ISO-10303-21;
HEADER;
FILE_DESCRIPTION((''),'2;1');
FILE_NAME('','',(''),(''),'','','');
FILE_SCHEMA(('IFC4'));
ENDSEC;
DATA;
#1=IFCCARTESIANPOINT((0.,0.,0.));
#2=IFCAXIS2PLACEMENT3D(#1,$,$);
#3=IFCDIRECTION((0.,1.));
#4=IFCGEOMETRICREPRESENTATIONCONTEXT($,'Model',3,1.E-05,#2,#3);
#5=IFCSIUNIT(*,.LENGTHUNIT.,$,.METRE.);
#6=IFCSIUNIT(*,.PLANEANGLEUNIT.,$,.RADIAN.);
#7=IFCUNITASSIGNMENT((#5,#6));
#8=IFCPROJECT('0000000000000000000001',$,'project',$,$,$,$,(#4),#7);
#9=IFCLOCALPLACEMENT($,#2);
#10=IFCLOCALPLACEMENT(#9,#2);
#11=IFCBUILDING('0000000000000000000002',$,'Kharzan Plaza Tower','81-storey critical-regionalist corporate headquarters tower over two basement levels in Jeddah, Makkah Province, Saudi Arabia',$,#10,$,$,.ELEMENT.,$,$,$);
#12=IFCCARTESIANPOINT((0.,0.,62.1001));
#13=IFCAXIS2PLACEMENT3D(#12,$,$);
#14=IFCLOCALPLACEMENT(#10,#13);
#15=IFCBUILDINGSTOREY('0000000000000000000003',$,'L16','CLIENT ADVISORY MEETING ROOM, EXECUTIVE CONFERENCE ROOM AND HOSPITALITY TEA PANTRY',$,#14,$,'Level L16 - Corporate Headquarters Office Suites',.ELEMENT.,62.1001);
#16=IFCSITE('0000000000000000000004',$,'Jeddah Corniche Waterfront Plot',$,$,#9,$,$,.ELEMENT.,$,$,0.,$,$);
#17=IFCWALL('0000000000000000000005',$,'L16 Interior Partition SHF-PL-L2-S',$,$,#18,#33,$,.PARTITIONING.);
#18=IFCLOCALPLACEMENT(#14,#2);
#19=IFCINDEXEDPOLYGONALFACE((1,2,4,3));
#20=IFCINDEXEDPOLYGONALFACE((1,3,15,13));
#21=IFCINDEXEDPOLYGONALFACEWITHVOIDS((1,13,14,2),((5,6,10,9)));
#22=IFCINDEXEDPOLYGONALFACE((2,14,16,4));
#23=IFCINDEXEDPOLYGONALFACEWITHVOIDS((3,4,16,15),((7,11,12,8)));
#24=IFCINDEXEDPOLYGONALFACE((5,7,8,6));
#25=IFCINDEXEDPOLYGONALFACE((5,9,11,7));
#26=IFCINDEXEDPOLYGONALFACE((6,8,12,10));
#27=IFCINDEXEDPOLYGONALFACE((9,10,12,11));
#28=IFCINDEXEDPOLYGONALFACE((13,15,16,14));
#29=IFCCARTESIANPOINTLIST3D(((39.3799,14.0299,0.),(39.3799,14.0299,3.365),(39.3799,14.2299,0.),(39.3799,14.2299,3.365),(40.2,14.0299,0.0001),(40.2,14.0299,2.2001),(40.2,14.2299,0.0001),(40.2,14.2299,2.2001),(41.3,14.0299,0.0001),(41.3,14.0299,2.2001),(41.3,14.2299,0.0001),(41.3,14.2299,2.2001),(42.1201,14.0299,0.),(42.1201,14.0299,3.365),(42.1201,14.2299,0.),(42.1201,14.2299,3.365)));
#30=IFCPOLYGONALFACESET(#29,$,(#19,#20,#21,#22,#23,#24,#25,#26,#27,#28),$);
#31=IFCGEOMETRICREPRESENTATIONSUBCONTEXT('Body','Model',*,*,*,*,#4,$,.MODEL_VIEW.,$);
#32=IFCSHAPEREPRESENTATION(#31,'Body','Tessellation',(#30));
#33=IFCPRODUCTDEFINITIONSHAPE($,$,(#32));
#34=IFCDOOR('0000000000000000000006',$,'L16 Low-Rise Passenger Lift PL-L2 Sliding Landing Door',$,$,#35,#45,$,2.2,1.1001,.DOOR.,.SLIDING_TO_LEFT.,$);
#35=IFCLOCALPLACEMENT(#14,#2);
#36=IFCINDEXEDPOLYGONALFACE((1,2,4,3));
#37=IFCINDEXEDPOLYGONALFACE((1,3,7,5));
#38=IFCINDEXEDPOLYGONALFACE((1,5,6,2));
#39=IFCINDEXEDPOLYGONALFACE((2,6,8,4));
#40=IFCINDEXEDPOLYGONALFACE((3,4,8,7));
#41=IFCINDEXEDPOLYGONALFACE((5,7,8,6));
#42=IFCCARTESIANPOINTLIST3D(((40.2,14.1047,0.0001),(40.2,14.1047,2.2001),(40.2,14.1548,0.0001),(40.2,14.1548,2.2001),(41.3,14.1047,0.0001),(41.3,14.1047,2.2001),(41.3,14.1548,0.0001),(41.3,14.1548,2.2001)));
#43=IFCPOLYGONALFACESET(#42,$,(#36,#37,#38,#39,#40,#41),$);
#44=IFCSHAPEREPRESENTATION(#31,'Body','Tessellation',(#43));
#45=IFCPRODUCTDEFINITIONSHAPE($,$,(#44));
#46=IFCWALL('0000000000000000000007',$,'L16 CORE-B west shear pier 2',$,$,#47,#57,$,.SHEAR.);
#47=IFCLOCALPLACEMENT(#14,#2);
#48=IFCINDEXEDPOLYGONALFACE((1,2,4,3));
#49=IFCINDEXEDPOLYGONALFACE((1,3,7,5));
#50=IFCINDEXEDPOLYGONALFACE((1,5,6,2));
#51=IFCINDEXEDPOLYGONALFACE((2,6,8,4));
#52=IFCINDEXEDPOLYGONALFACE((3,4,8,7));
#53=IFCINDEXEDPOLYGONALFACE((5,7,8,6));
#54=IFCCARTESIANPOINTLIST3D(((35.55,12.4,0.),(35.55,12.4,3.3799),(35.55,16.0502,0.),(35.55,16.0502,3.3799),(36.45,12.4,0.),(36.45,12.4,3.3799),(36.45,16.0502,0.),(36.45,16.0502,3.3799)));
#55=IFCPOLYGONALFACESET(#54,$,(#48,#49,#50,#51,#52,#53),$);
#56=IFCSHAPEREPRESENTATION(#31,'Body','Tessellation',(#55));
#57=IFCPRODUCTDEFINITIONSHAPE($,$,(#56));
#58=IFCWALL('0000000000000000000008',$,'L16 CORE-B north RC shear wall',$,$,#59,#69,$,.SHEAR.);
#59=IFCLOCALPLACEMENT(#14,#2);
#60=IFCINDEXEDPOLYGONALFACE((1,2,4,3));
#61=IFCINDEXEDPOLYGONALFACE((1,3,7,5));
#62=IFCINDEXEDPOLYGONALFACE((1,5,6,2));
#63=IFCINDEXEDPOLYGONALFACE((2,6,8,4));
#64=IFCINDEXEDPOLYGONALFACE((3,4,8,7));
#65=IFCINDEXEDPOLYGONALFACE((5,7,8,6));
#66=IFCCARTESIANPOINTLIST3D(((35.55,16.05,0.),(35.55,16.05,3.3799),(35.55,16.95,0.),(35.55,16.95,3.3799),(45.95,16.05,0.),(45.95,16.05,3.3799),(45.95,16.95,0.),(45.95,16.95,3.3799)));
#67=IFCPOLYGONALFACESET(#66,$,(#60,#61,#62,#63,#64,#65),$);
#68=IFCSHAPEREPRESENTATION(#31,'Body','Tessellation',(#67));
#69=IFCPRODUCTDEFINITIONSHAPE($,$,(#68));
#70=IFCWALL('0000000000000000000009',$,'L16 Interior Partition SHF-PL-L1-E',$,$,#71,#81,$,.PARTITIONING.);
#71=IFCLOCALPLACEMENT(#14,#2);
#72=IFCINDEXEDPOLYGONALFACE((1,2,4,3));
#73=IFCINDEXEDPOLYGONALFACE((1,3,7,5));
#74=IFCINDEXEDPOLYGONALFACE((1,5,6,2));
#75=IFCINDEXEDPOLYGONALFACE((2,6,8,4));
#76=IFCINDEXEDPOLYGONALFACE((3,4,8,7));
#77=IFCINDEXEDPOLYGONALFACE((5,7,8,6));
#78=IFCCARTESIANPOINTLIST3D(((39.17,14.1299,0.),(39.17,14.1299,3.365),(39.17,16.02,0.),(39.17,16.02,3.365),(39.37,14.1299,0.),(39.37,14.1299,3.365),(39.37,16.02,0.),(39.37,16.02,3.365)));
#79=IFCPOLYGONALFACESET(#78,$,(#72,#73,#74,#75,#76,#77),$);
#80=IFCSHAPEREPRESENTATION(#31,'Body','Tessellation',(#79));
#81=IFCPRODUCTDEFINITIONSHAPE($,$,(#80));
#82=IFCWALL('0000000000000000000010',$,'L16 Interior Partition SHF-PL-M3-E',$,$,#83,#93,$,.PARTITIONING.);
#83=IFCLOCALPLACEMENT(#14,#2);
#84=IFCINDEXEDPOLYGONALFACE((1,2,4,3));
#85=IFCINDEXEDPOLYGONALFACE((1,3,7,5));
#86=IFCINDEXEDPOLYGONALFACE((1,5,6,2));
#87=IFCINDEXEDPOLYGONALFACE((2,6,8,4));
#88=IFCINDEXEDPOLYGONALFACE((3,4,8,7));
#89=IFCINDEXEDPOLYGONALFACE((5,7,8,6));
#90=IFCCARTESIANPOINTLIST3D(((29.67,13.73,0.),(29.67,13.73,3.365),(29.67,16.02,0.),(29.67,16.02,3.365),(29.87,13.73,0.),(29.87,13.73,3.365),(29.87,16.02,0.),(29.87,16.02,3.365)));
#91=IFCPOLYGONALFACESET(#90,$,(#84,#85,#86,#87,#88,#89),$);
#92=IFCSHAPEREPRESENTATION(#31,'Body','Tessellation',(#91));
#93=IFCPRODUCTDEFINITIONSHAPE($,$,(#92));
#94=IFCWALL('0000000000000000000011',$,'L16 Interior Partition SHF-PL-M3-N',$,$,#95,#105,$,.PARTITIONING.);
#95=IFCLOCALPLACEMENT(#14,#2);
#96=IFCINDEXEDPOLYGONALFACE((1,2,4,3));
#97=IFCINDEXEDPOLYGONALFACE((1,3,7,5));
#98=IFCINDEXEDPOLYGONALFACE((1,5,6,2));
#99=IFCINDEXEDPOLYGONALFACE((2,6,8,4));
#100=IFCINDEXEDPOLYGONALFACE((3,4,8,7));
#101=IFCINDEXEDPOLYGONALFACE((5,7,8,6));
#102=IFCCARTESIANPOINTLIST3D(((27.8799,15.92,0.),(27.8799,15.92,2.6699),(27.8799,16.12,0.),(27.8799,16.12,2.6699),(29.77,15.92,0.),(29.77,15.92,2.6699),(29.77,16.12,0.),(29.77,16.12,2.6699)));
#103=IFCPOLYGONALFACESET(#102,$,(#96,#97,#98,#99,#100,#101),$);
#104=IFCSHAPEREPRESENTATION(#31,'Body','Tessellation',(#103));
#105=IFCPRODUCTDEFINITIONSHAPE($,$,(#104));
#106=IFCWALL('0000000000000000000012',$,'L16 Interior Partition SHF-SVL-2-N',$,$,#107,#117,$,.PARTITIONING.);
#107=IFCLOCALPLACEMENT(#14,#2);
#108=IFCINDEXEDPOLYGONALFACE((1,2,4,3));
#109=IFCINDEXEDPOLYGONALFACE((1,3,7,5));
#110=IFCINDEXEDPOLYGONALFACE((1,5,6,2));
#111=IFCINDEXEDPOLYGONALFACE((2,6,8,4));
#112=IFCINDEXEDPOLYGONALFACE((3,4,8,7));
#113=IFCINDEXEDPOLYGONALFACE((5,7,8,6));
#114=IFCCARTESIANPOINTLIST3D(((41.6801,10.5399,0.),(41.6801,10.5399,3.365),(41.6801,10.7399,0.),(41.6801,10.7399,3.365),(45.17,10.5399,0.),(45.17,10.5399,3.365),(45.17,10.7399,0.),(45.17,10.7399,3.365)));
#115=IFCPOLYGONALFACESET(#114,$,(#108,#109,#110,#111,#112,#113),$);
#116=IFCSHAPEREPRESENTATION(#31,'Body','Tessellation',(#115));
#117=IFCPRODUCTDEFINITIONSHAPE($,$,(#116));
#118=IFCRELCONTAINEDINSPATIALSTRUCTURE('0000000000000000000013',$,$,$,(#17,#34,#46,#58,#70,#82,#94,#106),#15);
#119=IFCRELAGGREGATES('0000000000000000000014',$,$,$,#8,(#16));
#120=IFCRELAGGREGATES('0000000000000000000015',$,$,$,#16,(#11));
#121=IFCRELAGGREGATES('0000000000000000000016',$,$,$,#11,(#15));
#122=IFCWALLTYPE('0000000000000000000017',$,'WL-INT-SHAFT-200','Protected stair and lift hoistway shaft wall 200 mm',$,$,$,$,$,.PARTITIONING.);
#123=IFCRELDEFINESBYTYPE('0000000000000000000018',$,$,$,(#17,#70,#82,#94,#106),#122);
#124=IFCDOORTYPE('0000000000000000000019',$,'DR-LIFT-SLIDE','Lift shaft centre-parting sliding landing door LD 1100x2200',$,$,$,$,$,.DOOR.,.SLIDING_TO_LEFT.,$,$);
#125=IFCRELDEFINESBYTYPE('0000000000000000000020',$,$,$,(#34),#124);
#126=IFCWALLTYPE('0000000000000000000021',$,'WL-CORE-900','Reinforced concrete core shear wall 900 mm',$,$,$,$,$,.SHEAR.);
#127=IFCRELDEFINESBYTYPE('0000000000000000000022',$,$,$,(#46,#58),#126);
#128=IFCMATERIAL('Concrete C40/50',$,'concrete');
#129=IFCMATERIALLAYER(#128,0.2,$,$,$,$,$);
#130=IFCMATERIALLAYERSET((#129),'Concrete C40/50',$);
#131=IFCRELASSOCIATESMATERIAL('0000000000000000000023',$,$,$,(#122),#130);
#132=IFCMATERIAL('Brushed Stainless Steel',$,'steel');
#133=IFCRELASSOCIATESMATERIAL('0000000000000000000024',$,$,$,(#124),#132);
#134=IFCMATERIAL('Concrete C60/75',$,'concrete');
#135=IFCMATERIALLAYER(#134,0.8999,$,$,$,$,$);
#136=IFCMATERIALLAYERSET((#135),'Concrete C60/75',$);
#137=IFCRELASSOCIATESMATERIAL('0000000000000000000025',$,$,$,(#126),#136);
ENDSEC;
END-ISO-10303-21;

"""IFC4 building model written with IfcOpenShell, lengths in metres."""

from ifc_helpers import new_model, si_unit, direction, frame, frame_2d, origin, place, context, subcontext, project, spatial, rectangle, extrude, source, transform, mapped, material, layer, layer_set, type_object, element, fill, save


model = new_model("IFC4")

# Units and contexts
model_context = context("Model", 3, precision=1e-05, world=origin(), true_north=direction((0.0, 1.0)))
body_context = subcontext(model_context, "Body", "Model", "MODEL_VIEW")
ifc_project = project(units=[si_unit("LENGTHUNIT", "METRE"), si_unit("PLANEANGLEUNIT", "RADIAN")], contexts=[model_context])

# Site, building, storey
site_placement = place(None, origin())
site = spatial("IfcSite", under=ifc_project, at=site_placement, Name="Jeddah Corniche Waterfront Plot", CompositionType="ELEMENT", RefElevation=0.0)
building_placement = place(site_placement, origin())
building = spatial("IfcBuilding", under=site, at=building_placement, Name="Kharzan Plaza Tower", Description="81-storey critical-regionalist corporate headquarters tower over two basement levels in Jeddah, Makkah Province, Saudi Arabia", CompositionType="ELEMENT")
storey_placement = place(building_placement, frame((0.0, 0.0, 62.1001)))
storey = spatial("IfcBuildingStorey", under=building, at=storey_placement, Name="L16", Description="CLIENT ADVISORY MEETING ROOM, EXECUTIVE CONFERENCE ROOM AND HOSPITALITY TEA PANTRY", LongName="Level L16 - Corporate Headquarters Office Suites", CompositionType="ELEMENT", Elevation=62.1001)

# Shared definitions
ifc_material_1 = material(Name="Concrete C60/75", Category="concrete")

# Wall, opening, door
ifc_material_2 = material(Name="Concrete C40/50", Category="concrete")
ifc_layer_1 = layer(ifc_material_2, 0.2)
ifc_layer_set_1 = layer_set([ifc_layer_1], Name="Concrete C40/50")
wall_type_1 = type_object("IfcWallType", Name="WL-INT-SHAFT-200", Description="Protected stair and lift hoistway shaft wall 200 mm", PredefinedType="PARTITIONING", material=ifc_layer_set_1)
ifc_material_3 = material(Name="Brushed Stainless Steel", Category="steel")
door_type_1 = type_object("IfcDoorType", Name="DR-LIFT-SLIDE", Description="Lift shaft centre-parting sliding landing door LD 1100x2200", OperationType="SLIDING_TO_LEFT", PredefinedType="DOOR", material=ifc_material_3)
shared_shape_1 = source(origin(), body_context, "Body", "SweptSolid", [
    extrude(rectangle(XDim=1.1001, YDim=2.2, at=frame_2d((0.55, 1.1001))), frame((0.0, 0.0249, 0.0), z_axis=(0.0, -1.0, 0.0), x_axis=(1.0, 0.0, 0.0)), (0.0, 0.0, 1.0), 0.05),
])
wall_1_placement = place(storey_placement, frame((39.3799, 14.1299, 0.0), z_axis=(0.0, 0.0, 1.0), x_axis=(1.0, 0.0, 0.0)))
wall_1 = element("IfcWall", 1, at=wall_1_placement, inside=storey, type_object=wall_type_1, Name="L16 Interior Partition SHF-PL-L2-S", PredefinedType="PARTITIONING", context=body_context, shape_type="SweptSolid", body=[
    extrude(rectangle(XDim=2.7402, YDim=0.2, at=frame_2d((1.3701, 0.0))), origin(), (0.0, 0.0, 1.0), 3.365),
])
opening_1_placement = place(wall_1_placement, frame((0.8201, 0.0, 0.0)))
opening_1 = element("IfcOpeningElement", 2, at=opening_1_placement, cuts=wall_1, PredefinedType="OPENING", context=body_context, shape_type="SweptSolid", body=[
    extrude(rectangle(XDim=1.1001, YDim=2.2, at=frame_2d((0.55, 1.1001))), frame((0.0, 0.1099, 0.0), z_axis=(0.0, -1.0, 0.0), x_axis=(1.0, 0.0, 0.0)), (0.0, 0.0, 1.0), 0.22),
])
door_1_placement = place(opening_1_placement, origin())
door_1 = element("IfcDoor", 3, at=door_1_placement, inside=storey, type_object=door_type_1, Name="L16 Low-Rise Passenger Lift PL-L2 Sliding Landing Door", OperationType="SLIDING_TO_LEFT", OverallHeight=2.2, OverallWidth=1.1001, PredefinedType="DOOR", context=body_context, shape_type="MappedRepresentation", body=[
    mapped(shared_shape_1, transform((0.0, 0.0, 0.0), x_axis=(1.0, 0.0, 0.0), y_axis=(0.0, 1.0, 0.0), z_axis=(0.0, 0.0, 1.0))),
])
fill(opening_1, door_1)

# Walls
ifc_layer_2 = layer(ifc_material_1, 0.8999)
ifc_layer_set_2 = layer_set([ifc_layer_2], Name="Concrete C60/75")
wall_type_2 = type_object("IfcWallType", Name="WL-CORE-900", Description="Reinforced concrete core shear wall 900 mm", PredefinedType="SHEAR", material=ifc_layer_set_2)
shared_shape_2 = source(origin(), body_context, "Body", "SweptSolid", [
    extrude(rectangle(XDim=3.6501, YDim=0.8999, at=frame_2d((1.8252, 0.0))), origin(), (0.0, 0.0, 1.0), 3.3799),
])
wall_2_placement = place(storey_placement, frame((36.0, 12.3999, 0.0), z_axis=(0.0, 0.0, 1.0), x_axis=(0.0, 1.0, 0.0)))
element("IfcWall", 4, at=wall_2_placement, inside=storey, type_object=wall_type_2, Name="L16 CORE-B west shear pier 2", PredefinedType="SHEAR", context=body_context, shape_type="MappedRepresentation", body=[
    mapped(shared_shape_2, transform((0.0, 0.0, 0.0), x_axis=(1.0, 0.0, 0.0), y_axis=(0.0, 1.0, 0.0), z_axis=(0.0, 0.0, 1.0))),
])
shared_shape_3 = source(origin(), body_context, "Body", "SweptSolid", [
    extrude(rectangle(XDim=10.3999, YDim=0.8999, at=frame_2d((5.2, 0.0))), origin(), (0.0, 0.0, 1.0), 3.3799),
])
wall_3_placement = place(storey_placement, frame((35.55, 16.5, 0.0), z_axis=(0.0, 0.0, 1.0), x_axis=(1.0, 0.0, 0.0)))
element("IfcWall", 5, at=wall_3_placement, inside=storey, type_object=wall_type_2, Name="L16 CORE-B north RC shear wall", PredefinedType="SHEAR", context=body_context, shape_type="MappedRepresentation", body=[
    mapped(shared_shape_3, transform((0.0, 0.0, 0.0), x_axis=(1.0, 0.0, 0.0), y_axis=(0.0, 1.0, 0.0), z_axis=(0.0, 0.0, 1.0))),
])
shared_shape_4 = source(origin(), body_context, "Body", "SweptSolid", [
    extrude(rectangle(XDim=1.8901, YDim=0.2, at=frame_2d((0.9451, 0.0))), origin(), (0.0, 0.0, 1.0), 3.365),
])
wall_4_placement = place(storey_placement, frame((39.27, 14.1299, 0.0), z_axis=(0.0, 0.0, 1.0), x_axis=(0.0, 1.0, 0.0)))
element("IfcWall", 6, at=wall_4_placement, inside=storey, type_object=wall_type_1, Name="L16 Interior Partition SHF-PL-L1-E", PredefinedType="PARTITIONING", context=body_context, shape_type="MappedRepresentation", body=[
    mapped(shared_shape_4, transform((0.0, 0.0, 0.0), x_axis=(1.0, 0.0, 0.0), y_axis=(0.0, 1.0, 0.0), z_axis=(0.0, 0.0, 1.0))),
])
shared_shape_5 = source(origin(), body_context, "Body", "SweptSolid", [
    extrude(rectangle(XDim=2.29, YDim=0.2, at=frame_2d((1.145, 0.0))), origin(), (0.0, 0.0, 1.0), 3.365),
])
wall_5_placement = place(storey_placement, frame((29.77, 13.73, 0.0), z_axis=(0.0, 0.0, 1.0), x_axis=(0.0, 1.0, 0.0)))
element("IfcWall", 7, at=wall_5_placement, inside=storey, type_object=wall_type_1, Name="L16 Interior Partition SHF-PL-M3-E", PredefinedType="PARTITIONING", context=body_context, shape_type="MappedRepresentation", body=[
    mapped(shared_shape_5, transform((0.0, 0.0, 0.0), x_axis=(1.0, 0.0, 0.0), y_axis=(0.0, 1.0, 0.0), z_axis=(0.0, 0.0, 1.0))),
])
shared_shape_6 = source(origin(), body_context, "Body", "SweptSolid", [
    extrude(rectangle(XDim=1.8901, YDim=0.2, at=frame_2d((0.9451, 0.0))), origin(), (0.0, 0.0, 1.0), 2.6699),
])
wall_6_placement = place(storey_placement, frame((27.8799, 16.02, 0.0), z_axis=(0.0, 0.0, 1.0), x_axis=(1.0, 0.0, 0.0)))
element("IfcWall", 8, at=wall_6_placement, inside=storey, type_object=wall_type_1, Name="L16 Interior Partition SHF-PL-M3-N", PredefinedType="PARTITIONING", context=body_context, shape_type="MappedRepresentation", body=[
    mapped(shared_shape_6, transform((0.0, 0.0, 0.0), x_axis=(1.0, 0.0, 0.0), y_axis=(0.0, 1.0, 0.0), z_axis=(0.0, 0.0, 1.0))),
])
shared_shape_7 = source(origin(), body_context, "Body", "SweptSolid", [
    extrude(rectangle(XDim=3.49, YDim=0.2, at=frame_2d((1.7451, 0.0))), origin(), (0.0, 0.0, 1.0), 3.365),
])
wall_7_placement = place(storey_placement, frame((41.6799, 10.6399, 0.0), z_axis=(0.0, 0.0, 1.0), x_axis=(1.0, 0.0, 0.0)))
element("IfcWall", 9, at=wall_7_placement, inside=storey, type_object=wall_type_1, Name="L16 Interior Partition SHF-SVL-2-N", PredefinedType="PARTITIONING", context=body_context, shape_type="MappedRepresentation", body=[
    mapped(shared_shape_7, transform((0.0, 0.0, 0.0), x_axis=(1.0, 0.0, 0.0), y_axis=(0.0, 1.0, 0.0), z_axis=(0.0, 0.0, 1.0))),
])

save(model, "model.ifc")
